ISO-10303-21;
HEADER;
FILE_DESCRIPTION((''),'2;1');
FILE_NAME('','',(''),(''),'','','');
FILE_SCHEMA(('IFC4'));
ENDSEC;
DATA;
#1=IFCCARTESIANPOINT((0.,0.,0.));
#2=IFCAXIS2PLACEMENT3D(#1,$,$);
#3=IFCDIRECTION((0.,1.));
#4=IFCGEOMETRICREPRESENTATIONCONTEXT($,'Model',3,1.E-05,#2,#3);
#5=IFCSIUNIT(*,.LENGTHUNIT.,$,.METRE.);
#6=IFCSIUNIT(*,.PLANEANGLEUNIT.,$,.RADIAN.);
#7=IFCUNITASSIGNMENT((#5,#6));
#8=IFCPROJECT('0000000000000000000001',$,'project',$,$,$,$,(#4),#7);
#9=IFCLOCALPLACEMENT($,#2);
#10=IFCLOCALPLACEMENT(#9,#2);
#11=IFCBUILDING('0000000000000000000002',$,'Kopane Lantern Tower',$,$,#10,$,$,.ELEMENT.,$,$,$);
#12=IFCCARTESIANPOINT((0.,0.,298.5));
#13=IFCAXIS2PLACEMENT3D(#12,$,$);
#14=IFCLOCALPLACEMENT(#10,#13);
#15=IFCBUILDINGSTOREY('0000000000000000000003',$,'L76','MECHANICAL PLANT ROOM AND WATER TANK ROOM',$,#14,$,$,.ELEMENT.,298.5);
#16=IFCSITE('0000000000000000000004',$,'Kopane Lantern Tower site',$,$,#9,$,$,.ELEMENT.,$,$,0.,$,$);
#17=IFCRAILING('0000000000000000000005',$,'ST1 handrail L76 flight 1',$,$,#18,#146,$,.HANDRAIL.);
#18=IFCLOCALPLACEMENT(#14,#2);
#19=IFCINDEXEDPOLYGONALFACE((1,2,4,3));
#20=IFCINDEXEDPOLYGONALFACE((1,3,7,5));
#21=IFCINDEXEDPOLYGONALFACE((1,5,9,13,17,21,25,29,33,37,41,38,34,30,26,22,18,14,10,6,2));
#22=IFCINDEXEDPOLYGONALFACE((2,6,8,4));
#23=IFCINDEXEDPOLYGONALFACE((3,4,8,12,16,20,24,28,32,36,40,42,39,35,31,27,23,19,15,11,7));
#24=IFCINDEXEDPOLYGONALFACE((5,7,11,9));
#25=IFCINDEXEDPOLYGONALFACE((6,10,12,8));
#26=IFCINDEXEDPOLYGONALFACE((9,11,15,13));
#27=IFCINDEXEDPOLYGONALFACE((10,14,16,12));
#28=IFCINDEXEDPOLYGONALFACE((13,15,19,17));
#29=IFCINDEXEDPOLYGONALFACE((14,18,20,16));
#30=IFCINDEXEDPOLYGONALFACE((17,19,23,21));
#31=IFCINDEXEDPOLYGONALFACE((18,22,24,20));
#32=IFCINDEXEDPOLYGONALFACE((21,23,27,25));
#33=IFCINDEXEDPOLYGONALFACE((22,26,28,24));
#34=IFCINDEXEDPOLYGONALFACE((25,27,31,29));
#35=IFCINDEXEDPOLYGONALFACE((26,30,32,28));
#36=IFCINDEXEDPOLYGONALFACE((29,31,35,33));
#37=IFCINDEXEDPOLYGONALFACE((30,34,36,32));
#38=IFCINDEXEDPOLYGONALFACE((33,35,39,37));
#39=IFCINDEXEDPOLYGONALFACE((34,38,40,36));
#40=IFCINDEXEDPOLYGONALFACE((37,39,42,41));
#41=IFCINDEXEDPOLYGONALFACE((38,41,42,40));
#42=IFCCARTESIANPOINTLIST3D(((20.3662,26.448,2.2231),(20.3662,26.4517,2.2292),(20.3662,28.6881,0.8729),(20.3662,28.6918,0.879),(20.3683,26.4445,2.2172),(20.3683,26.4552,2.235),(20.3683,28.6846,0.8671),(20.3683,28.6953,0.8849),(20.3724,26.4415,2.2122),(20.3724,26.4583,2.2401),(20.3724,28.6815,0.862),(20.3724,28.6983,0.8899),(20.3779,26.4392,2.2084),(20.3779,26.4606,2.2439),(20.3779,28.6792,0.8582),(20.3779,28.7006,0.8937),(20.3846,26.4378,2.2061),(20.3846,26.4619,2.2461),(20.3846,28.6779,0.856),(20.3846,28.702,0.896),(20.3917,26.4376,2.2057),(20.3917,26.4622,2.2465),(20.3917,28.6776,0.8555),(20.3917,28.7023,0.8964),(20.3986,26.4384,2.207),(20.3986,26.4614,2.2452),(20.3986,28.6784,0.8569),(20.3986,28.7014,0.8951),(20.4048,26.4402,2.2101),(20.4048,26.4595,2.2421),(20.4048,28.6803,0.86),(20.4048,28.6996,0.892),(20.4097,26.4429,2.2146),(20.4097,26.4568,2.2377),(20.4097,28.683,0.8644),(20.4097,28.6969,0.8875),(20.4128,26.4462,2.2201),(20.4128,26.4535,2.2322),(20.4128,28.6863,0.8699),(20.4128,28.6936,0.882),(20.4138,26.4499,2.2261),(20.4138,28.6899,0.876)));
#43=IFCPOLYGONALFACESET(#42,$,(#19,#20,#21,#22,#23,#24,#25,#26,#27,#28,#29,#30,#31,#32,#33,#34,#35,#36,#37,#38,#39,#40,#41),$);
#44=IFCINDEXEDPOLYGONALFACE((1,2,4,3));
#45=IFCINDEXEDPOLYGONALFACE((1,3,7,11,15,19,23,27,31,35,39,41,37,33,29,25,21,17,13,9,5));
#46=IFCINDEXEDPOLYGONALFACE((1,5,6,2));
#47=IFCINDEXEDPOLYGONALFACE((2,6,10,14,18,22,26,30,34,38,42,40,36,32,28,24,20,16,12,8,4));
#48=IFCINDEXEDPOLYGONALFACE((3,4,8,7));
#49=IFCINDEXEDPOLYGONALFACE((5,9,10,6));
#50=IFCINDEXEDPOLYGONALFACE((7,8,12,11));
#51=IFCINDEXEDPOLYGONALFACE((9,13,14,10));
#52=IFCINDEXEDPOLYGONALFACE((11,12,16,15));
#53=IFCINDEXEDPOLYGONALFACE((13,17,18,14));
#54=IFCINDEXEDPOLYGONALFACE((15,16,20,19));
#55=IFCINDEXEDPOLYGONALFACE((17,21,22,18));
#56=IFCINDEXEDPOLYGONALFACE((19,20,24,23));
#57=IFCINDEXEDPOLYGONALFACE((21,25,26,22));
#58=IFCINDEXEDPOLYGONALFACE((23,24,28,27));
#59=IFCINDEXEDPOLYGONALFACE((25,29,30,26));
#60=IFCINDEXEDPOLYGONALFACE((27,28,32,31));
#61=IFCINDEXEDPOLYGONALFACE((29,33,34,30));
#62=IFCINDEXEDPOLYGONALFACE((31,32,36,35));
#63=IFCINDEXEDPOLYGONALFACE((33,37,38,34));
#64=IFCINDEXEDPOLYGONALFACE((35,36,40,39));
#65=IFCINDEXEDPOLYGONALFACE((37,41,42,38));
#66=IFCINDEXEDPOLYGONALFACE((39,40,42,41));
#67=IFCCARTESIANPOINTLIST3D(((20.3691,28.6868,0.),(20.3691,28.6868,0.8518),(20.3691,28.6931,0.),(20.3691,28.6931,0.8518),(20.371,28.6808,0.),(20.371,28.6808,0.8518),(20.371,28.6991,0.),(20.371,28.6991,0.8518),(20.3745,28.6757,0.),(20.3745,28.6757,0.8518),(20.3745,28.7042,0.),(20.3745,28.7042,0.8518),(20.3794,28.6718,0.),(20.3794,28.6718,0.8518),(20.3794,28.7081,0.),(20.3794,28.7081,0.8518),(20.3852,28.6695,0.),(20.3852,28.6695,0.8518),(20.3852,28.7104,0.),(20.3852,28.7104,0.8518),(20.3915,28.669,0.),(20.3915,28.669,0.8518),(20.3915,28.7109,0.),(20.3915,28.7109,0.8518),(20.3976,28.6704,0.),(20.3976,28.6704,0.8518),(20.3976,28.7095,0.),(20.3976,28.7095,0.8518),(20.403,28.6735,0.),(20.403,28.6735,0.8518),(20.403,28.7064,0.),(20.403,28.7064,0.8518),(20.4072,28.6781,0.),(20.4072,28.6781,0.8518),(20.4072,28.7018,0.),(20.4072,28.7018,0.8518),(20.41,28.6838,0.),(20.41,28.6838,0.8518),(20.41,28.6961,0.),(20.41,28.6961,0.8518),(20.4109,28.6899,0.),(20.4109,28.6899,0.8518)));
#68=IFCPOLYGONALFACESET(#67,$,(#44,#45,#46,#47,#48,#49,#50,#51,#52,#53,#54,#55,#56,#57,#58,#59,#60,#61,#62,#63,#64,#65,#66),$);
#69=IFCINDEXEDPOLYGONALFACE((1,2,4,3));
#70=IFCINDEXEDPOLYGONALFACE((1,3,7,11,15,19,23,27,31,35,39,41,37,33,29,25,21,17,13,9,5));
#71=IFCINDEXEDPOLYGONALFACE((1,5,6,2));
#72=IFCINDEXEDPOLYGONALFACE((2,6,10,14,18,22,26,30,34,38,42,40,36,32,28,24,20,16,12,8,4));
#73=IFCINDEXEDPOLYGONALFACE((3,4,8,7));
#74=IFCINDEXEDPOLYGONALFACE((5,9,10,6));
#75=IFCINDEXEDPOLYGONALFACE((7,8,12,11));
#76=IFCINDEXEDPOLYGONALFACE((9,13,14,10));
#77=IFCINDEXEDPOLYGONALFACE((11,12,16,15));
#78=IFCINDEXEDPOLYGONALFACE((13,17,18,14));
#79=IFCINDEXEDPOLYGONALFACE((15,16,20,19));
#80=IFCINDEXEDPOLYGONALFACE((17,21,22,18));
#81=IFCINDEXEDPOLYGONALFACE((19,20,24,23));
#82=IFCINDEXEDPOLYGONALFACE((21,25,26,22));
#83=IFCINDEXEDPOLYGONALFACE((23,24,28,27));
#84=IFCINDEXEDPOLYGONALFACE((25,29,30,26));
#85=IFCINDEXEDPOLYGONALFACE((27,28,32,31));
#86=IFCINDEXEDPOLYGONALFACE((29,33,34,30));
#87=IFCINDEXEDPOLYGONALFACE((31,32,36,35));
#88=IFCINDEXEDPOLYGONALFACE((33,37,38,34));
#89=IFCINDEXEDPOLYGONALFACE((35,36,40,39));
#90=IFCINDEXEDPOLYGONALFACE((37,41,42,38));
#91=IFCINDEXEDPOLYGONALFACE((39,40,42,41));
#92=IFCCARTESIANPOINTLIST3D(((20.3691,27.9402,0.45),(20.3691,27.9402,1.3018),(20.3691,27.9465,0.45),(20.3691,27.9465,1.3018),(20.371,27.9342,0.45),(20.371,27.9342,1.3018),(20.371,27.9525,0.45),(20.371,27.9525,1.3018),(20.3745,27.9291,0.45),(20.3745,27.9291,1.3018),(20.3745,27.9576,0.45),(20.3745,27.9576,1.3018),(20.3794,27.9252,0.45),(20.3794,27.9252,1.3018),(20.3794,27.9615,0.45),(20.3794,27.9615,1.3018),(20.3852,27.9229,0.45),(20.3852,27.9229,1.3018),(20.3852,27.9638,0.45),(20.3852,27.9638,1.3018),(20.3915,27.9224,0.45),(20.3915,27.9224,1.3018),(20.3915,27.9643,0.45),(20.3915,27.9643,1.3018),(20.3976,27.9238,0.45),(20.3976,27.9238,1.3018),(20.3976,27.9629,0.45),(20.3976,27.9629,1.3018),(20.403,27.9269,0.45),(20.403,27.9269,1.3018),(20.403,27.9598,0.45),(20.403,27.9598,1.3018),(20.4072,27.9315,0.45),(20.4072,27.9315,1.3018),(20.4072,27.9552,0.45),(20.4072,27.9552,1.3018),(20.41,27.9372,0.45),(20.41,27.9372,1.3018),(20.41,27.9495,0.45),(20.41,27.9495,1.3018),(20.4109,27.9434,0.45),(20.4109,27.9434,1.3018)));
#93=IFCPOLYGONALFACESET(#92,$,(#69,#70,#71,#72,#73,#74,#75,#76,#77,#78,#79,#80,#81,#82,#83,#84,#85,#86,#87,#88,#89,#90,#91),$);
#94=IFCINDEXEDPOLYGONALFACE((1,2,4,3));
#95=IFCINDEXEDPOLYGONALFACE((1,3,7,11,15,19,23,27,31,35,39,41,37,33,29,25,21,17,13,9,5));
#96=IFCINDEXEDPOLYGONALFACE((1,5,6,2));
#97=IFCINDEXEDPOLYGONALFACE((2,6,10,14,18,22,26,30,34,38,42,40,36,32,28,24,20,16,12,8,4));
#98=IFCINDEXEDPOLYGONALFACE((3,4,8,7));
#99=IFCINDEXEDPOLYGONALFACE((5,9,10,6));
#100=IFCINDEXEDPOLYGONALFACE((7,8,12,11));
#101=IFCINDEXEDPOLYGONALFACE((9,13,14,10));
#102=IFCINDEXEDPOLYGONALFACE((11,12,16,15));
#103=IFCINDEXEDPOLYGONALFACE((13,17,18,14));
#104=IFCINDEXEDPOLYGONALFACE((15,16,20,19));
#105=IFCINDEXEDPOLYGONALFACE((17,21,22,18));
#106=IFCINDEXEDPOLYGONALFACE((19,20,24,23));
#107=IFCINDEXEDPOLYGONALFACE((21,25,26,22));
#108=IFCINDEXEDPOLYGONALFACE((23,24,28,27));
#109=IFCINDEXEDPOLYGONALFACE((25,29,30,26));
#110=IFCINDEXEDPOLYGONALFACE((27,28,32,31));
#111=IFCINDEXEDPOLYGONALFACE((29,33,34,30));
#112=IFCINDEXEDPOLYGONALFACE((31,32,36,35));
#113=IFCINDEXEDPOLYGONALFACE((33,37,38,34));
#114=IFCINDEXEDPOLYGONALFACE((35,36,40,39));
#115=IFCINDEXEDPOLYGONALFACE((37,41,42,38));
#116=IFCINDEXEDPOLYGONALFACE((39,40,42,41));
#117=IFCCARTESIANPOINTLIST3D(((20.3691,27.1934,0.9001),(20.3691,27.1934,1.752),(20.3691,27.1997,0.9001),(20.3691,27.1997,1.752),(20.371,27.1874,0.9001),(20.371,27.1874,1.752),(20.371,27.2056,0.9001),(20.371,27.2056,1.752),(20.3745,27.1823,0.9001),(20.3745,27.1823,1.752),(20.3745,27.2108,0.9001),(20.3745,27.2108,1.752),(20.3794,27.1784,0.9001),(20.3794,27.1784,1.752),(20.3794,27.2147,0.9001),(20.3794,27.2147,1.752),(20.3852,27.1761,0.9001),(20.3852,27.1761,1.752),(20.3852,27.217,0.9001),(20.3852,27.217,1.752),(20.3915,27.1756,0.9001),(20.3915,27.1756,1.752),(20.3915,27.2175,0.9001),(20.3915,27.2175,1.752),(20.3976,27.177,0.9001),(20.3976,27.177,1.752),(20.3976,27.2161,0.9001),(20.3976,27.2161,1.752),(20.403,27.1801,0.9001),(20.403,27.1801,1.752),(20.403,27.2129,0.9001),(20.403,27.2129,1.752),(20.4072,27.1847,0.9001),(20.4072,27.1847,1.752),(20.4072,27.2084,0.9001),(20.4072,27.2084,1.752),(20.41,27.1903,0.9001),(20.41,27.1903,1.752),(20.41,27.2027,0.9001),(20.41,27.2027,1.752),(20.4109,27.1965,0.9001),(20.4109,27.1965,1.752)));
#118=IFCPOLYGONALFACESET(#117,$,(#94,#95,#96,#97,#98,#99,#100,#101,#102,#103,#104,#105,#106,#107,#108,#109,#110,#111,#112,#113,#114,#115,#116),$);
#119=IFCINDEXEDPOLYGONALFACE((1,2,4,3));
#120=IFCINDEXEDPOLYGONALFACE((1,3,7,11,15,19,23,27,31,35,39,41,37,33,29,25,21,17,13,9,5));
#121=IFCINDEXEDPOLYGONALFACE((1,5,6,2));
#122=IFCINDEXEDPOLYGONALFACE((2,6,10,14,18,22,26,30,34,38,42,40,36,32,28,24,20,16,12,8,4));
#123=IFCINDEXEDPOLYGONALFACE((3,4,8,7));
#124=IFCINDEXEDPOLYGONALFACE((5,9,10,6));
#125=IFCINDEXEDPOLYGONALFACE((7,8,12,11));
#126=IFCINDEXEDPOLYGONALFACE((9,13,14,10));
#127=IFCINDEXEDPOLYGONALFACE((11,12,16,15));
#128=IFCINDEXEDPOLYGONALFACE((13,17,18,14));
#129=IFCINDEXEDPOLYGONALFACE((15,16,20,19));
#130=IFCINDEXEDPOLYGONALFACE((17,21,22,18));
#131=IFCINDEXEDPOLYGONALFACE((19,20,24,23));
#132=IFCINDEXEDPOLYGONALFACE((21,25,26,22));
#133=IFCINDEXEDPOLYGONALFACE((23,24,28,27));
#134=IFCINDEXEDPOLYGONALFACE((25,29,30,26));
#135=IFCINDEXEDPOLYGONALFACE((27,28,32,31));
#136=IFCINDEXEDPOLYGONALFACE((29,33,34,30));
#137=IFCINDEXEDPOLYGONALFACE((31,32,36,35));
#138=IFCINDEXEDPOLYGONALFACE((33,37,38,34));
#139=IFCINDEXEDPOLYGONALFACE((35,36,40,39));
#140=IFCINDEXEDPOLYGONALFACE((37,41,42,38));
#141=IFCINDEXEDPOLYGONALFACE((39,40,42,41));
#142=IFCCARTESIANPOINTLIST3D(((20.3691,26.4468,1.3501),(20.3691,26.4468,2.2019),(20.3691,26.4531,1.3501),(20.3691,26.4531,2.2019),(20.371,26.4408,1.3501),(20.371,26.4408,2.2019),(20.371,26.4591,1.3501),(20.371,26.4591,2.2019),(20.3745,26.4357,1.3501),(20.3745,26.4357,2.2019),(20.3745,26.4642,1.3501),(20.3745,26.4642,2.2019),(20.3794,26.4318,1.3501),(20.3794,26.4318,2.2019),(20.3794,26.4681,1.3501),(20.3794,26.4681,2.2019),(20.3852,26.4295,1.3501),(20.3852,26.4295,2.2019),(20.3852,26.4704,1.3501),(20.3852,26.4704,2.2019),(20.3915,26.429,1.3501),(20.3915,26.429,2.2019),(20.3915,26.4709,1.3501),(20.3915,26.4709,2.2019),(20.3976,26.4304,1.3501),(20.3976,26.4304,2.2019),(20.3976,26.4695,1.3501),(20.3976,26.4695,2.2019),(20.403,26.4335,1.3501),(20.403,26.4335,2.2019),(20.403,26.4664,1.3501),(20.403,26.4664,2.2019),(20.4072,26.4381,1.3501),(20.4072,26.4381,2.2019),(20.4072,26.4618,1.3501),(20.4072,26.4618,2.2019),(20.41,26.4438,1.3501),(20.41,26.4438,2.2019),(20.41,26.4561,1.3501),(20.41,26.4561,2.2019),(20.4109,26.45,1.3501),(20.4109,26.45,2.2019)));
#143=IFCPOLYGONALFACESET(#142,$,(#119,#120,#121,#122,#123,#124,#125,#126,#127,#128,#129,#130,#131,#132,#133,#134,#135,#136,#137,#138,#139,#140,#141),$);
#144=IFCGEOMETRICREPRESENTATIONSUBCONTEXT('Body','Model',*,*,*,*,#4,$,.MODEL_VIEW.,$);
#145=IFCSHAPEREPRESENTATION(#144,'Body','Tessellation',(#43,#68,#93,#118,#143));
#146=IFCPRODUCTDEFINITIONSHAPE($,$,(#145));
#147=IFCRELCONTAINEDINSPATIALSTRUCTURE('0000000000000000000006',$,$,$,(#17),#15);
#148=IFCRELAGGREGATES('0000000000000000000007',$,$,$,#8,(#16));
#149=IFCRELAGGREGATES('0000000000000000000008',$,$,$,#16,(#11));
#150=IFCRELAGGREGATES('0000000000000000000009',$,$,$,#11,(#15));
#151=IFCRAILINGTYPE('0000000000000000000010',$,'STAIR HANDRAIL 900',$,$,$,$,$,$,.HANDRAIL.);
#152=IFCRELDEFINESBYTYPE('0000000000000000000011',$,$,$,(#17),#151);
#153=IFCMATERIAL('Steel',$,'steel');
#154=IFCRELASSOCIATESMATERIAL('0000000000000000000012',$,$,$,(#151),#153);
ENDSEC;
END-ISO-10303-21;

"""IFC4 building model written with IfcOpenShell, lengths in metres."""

from ifc_helpers import new_model, si_unit, direction, frame, origin, origin_2d, place, context, subcontext, project, spatial, circle, extrude, material, type_object, element, save


model = new_model("IFC4")

# Units and contexts
model_context = context("Model", 3, precision=1e-05, world=origin(), true_north=direction((0.0, 1.0)))
body_context = subcontext(model_context, "Body", "Model", "MODEL_VIEW")
ifc_project = project(units=[si_unit("LENGTHUNIT", "METRE"), si_unit("PLANEANGLEUNIT", "RADIAN")], contexts=[model_context])

# Site, building, storey
site_placement = place(None, origin())
site = spatial("IfcSite", under=ifc_project, at=site_placement, Name="Kopane Lantern Tower site", CompositionType="ELEMENT", RefElevation=0.0)
building_placement = place(site_placement, origin())
building = spatial("IfcBuilding", under=site, at=building_placement, Name="Kopane Lantern Tower", CompositionType="ELEMENT")
storey_placement = place(building_placement, frame((0.0, 0.0, 298.5)))
storey = spatial("IfcBuildingStorey", under=building, at=storey_placement, Name="L76", Description="MECHANICAL PLANT ROOM AND WATER TANK ROOM", CompositionType="ELEMENT", Elevation=298.5)

# Railing
ifc_material_1 = material(Name="Steel", Category="steel")
railing_type_1 = type_object("IfcRailingType", Name="STAIR HANDRAIL 900", PredefinedType="HANDRAIL", material=ifc_material_1)
for number, where, name in (
    (1, (20.3899, 28.6899, 0.0), "ST1 handrail L76 flight 1"),
):
    element("IfcRailing", number, at=place(storey_placement, frame(where)), inside=storey, type_object=railing_type_1, Name=name, PredefinedType="HANDRAIL", context=body_context, shape_type="SweptSolid", body=[
        extrude(circle(Radius=0.0239, at=origin_2d()), frame((0.0, 0.0, 0.876), z_axis=(0.0, -0.856462, 0.516211), x_axis=(1.0, 0.0, 0.0)), (0.0, 0.0, 1.0), 2.6155),
        extrude(circle(Radius=0.021, at=origin_2d()), origin(), (0.0, 0.0, 1.0), 0.8518),
        extrude(circle(Radius=0.021, at=origin_2d()), frame((0.0, -0.7466, 0.45)), (0.0, 0.0, 1.0), 0.8518),
        extrude(circle(Radius=0.021, at=origin_2d()), frame((0.0, -1.4934, 0.9001)), (0.0, 0.0, 1.0), 0.8518),
        extrude(circle(Radius=0.021, at=origin_2d()), frame((0.0, -2.24, 1.3501)), (0.0, 0.0, 1.0), 0.8518),
    ])

save(model, "model.ifc")
